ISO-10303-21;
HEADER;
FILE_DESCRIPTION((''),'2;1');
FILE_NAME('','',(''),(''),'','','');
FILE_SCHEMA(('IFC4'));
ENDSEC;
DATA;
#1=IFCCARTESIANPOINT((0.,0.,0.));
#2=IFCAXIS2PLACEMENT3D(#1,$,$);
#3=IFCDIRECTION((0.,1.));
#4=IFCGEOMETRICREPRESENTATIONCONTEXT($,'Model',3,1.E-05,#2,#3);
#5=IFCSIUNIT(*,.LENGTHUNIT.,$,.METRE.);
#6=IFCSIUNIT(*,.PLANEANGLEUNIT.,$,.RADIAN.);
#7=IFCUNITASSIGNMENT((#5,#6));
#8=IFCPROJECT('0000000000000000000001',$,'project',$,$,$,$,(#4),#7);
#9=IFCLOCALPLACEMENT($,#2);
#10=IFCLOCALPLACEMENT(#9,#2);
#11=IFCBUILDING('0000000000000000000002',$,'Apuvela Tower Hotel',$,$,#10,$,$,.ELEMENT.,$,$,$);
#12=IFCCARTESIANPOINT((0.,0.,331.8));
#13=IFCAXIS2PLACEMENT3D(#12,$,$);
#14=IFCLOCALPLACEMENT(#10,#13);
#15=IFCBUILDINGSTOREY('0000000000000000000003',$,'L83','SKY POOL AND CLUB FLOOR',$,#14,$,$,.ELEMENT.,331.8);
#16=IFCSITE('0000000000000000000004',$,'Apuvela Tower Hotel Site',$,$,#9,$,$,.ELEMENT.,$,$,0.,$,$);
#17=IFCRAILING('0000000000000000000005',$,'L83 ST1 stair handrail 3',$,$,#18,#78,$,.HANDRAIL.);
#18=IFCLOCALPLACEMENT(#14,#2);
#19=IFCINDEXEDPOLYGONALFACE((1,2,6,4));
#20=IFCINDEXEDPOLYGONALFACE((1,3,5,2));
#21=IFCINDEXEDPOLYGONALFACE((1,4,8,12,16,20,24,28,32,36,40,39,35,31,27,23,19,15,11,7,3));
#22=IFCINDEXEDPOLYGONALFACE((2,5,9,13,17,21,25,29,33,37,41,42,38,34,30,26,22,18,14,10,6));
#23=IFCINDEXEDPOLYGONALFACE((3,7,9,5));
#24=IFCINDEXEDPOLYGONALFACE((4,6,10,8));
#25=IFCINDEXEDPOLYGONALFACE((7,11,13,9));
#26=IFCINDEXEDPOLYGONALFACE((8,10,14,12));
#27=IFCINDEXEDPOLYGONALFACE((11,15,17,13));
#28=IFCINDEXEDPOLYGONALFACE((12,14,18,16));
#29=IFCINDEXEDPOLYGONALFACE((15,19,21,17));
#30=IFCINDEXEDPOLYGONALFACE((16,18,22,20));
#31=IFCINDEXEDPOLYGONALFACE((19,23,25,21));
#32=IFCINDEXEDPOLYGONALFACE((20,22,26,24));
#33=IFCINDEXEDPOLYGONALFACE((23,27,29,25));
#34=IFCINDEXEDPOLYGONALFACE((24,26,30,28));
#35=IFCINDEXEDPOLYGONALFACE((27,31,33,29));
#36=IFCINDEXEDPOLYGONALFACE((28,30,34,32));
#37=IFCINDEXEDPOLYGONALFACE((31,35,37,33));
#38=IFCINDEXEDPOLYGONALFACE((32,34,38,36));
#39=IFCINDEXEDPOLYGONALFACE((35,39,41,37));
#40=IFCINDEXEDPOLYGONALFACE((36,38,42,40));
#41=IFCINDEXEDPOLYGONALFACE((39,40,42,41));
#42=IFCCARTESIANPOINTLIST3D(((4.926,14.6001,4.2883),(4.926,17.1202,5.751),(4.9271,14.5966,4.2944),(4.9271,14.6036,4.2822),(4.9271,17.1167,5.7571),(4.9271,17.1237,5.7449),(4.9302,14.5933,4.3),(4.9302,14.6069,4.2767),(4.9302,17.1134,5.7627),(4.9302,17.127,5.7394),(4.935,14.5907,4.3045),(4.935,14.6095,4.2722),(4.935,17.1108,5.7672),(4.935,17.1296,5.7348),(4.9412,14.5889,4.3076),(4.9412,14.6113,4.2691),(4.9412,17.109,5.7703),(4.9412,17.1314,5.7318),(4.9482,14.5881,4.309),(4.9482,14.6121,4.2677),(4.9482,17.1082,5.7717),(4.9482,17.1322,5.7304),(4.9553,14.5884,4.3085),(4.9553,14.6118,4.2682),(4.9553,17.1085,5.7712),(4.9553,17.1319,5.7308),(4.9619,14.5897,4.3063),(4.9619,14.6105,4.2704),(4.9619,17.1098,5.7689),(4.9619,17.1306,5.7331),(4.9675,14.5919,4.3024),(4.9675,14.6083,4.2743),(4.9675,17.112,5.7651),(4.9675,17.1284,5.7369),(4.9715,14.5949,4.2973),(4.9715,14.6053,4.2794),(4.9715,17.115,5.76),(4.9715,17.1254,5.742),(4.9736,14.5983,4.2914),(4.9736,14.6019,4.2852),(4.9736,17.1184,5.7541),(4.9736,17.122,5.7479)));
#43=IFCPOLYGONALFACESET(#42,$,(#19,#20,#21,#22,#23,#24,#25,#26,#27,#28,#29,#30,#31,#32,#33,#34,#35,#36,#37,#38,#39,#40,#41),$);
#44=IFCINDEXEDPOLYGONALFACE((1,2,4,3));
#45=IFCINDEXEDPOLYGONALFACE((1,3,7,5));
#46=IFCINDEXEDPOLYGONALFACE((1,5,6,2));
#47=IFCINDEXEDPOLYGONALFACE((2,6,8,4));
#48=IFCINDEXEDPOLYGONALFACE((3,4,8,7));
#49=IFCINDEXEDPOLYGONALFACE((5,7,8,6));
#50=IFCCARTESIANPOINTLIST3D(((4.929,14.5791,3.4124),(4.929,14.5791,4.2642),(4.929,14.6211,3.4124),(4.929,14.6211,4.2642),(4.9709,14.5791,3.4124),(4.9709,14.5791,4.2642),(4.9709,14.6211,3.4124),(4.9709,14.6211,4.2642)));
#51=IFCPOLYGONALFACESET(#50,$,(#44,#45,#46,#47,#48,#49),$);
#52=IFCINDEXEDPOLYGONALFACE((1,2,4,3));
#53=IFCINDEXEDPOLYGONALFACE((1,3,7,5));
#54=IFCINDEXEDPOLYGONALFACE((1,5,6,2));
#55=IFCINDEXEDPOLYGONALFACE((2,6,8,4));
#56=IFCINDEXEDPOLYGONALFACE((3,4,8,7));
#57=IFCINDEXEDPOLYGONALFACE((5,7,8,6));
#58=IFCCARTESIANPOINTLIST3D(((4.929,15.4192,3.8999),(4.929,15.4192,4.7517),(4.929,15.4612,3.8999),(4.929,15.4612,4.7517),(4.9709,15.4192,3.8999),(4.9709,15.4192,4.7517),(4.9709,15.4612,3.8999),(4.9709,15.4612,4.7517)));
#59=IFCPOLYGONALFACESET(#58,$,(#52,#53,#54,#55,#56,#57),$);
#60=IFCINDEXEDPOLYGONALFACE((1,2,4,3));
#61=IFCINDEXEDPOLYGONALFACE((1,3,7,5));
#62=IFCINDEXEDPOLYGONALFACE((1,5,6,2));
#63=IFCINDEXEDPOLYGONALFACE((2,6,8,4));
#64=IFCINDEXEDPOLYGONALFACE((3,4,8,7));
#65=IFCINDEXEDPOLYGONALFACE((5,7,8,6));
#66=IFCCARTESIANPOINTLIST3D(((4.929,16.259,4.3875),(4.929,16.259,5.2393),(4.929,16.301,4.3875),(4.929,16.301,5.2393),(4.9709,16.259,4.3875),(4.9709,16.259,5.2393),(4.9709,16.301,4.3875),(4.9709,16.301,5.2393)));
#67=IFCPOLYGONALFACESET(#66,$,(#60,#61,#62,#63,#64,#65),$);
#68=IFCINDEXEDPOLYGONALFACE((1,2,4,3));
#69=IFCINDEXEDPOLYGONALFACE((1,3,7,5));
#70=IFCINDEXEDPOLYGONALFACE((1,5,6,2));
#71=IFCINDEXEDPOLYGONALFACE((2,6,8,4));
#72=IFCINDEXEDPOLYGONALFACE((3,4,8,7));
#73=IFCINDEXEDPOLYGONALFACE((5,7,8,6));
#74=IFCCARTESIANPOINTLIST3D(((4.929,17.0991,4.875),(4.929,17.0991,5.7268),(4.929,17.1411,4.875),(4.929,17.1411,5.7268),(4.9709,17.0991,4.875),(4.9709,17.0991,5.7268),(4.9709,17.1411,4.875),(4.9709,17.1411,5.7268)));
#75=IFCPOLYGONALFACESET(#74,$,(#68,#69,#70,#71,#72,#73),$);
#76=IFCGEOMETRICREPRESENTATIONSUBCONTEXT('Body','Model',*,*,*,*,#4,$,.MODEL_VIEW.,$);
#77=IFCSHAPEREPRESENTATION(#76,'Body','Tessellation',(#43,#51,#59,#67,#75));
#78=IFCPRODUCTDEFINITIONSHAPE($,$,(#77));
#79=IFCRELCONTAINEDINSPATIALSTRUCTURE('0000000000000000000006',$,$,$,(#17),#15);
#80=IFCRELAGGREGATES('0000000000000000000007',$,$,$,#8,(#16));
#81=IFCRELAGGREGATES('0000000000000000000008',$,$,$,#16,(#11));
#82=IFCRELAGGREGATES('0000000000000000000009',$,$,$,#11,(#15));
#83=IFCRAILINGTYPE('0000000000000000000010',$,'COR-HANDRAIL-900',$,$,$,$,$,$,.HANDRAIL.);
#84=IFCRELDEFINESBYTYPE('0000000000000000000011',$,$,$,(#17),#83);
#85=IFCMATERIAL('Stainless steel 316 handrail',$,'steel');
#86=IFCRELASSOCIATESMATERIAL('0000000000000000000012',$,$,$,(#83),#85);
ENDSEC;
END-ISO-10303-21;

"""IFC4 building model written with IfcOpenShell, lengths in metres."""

from ifc_helpers import new_model, si_unit, direction, frame, origin, origin_2d, place, context, subcontext, project, spatial, rectangle, circle, extrude, material, type_object, element, save


model = new_model("IFC4")

# Units and contexts
model_context = context("Model", 3, precision=1e-05, world=origin(), true_north=direction((0.0, 1.0)))
body_context = subcontext(model_context, "Body", "Model", "MODEL_VIEW")
ifc_project = project(units=[si_unit("LENGTHUNIT", "METRE"), si_unit("PLANEANGLEUNIT", "RADIAN")], contexts=[model_context])

# Site, building, storey
site_placement = place(None, origin())
site = spatial("IfcSite", under=ifc_project, at=site_placement, Name="Apuvela Tower Hotel Site", CompositionType="ELEMENT", RefElevation=0.0)
building_placement = place(site_placement, origin())
building = spatial("IfcBuilding", under=site, at=building_placement, Name="Apuvela Tower Hotel", CompositionType="ELEMENT")
storey_placement = place(building_placement, frame((0.0, 0.0, 331.8)))
storey = spatial("IfcBuildingStorey", under=building, at=storey_placement, Name="L83", Description="SKY POOL AND CLUB FLOOR", CompositionType="ELEMENT", Elevation=331.8)

# Railing
ifc_material_1 = material(Name="Stainless steel 316 handrail", Category="steel")
railing_type_1 = type_object("IfcRailingType", Name="COR-HANDRAIL-900", PredefinedType="HANDRAIL", material=ifc_material_1)
for number, where, name in (
    (1, (4.95, 14.6001, 3.4124), "L83 ST1 stair handrail 3"),
):
    element("IfcRailing", number, at=place(storey_placement, frame(where)), inside=storey, type_object=railing_type_1, Name=name, PredefinedType="HANDRAIL", context=body_context, shape_type="SweptSolid", body=[
        extrude(circle(Radius=0.0239, at=origin_2d()), frame((0.0, 0.0, 0.876), z_axis=(0.0, 0.864877, 0.501984), x_axis=(-1.0, 0.0, 0.0)), (0.0, 0.0, 1.0), 2.9138),
        extrude(rectangle(XDim=0.042, YDim=0.042, at=origin_2d()), origin(), (0.0, 0.0, 1.0), 0.8518),
        extrude(rectangle(XDim=0.042, YDim=0.042, at=origin_2d()), frame((0.0, 0.8401, 0.4875)), (0.0, 0.0, 1.0), 0.8518),
        extrude(rectangle(XDim=0.042, YDim=0.042, at=origin_2d()), frame((0.0, 1.6799, 0.9751)), (0.0, 0.0, 1.0), 0.8518),
        extrude(rectangle(XDim=0.042, YDim=0.042, at=origin_2d()), frame((0.0, 2.52, 1.4626)), (0.0, 0.0, 1.0), 0.8518),
    ])

save(model, "model.ifc")
